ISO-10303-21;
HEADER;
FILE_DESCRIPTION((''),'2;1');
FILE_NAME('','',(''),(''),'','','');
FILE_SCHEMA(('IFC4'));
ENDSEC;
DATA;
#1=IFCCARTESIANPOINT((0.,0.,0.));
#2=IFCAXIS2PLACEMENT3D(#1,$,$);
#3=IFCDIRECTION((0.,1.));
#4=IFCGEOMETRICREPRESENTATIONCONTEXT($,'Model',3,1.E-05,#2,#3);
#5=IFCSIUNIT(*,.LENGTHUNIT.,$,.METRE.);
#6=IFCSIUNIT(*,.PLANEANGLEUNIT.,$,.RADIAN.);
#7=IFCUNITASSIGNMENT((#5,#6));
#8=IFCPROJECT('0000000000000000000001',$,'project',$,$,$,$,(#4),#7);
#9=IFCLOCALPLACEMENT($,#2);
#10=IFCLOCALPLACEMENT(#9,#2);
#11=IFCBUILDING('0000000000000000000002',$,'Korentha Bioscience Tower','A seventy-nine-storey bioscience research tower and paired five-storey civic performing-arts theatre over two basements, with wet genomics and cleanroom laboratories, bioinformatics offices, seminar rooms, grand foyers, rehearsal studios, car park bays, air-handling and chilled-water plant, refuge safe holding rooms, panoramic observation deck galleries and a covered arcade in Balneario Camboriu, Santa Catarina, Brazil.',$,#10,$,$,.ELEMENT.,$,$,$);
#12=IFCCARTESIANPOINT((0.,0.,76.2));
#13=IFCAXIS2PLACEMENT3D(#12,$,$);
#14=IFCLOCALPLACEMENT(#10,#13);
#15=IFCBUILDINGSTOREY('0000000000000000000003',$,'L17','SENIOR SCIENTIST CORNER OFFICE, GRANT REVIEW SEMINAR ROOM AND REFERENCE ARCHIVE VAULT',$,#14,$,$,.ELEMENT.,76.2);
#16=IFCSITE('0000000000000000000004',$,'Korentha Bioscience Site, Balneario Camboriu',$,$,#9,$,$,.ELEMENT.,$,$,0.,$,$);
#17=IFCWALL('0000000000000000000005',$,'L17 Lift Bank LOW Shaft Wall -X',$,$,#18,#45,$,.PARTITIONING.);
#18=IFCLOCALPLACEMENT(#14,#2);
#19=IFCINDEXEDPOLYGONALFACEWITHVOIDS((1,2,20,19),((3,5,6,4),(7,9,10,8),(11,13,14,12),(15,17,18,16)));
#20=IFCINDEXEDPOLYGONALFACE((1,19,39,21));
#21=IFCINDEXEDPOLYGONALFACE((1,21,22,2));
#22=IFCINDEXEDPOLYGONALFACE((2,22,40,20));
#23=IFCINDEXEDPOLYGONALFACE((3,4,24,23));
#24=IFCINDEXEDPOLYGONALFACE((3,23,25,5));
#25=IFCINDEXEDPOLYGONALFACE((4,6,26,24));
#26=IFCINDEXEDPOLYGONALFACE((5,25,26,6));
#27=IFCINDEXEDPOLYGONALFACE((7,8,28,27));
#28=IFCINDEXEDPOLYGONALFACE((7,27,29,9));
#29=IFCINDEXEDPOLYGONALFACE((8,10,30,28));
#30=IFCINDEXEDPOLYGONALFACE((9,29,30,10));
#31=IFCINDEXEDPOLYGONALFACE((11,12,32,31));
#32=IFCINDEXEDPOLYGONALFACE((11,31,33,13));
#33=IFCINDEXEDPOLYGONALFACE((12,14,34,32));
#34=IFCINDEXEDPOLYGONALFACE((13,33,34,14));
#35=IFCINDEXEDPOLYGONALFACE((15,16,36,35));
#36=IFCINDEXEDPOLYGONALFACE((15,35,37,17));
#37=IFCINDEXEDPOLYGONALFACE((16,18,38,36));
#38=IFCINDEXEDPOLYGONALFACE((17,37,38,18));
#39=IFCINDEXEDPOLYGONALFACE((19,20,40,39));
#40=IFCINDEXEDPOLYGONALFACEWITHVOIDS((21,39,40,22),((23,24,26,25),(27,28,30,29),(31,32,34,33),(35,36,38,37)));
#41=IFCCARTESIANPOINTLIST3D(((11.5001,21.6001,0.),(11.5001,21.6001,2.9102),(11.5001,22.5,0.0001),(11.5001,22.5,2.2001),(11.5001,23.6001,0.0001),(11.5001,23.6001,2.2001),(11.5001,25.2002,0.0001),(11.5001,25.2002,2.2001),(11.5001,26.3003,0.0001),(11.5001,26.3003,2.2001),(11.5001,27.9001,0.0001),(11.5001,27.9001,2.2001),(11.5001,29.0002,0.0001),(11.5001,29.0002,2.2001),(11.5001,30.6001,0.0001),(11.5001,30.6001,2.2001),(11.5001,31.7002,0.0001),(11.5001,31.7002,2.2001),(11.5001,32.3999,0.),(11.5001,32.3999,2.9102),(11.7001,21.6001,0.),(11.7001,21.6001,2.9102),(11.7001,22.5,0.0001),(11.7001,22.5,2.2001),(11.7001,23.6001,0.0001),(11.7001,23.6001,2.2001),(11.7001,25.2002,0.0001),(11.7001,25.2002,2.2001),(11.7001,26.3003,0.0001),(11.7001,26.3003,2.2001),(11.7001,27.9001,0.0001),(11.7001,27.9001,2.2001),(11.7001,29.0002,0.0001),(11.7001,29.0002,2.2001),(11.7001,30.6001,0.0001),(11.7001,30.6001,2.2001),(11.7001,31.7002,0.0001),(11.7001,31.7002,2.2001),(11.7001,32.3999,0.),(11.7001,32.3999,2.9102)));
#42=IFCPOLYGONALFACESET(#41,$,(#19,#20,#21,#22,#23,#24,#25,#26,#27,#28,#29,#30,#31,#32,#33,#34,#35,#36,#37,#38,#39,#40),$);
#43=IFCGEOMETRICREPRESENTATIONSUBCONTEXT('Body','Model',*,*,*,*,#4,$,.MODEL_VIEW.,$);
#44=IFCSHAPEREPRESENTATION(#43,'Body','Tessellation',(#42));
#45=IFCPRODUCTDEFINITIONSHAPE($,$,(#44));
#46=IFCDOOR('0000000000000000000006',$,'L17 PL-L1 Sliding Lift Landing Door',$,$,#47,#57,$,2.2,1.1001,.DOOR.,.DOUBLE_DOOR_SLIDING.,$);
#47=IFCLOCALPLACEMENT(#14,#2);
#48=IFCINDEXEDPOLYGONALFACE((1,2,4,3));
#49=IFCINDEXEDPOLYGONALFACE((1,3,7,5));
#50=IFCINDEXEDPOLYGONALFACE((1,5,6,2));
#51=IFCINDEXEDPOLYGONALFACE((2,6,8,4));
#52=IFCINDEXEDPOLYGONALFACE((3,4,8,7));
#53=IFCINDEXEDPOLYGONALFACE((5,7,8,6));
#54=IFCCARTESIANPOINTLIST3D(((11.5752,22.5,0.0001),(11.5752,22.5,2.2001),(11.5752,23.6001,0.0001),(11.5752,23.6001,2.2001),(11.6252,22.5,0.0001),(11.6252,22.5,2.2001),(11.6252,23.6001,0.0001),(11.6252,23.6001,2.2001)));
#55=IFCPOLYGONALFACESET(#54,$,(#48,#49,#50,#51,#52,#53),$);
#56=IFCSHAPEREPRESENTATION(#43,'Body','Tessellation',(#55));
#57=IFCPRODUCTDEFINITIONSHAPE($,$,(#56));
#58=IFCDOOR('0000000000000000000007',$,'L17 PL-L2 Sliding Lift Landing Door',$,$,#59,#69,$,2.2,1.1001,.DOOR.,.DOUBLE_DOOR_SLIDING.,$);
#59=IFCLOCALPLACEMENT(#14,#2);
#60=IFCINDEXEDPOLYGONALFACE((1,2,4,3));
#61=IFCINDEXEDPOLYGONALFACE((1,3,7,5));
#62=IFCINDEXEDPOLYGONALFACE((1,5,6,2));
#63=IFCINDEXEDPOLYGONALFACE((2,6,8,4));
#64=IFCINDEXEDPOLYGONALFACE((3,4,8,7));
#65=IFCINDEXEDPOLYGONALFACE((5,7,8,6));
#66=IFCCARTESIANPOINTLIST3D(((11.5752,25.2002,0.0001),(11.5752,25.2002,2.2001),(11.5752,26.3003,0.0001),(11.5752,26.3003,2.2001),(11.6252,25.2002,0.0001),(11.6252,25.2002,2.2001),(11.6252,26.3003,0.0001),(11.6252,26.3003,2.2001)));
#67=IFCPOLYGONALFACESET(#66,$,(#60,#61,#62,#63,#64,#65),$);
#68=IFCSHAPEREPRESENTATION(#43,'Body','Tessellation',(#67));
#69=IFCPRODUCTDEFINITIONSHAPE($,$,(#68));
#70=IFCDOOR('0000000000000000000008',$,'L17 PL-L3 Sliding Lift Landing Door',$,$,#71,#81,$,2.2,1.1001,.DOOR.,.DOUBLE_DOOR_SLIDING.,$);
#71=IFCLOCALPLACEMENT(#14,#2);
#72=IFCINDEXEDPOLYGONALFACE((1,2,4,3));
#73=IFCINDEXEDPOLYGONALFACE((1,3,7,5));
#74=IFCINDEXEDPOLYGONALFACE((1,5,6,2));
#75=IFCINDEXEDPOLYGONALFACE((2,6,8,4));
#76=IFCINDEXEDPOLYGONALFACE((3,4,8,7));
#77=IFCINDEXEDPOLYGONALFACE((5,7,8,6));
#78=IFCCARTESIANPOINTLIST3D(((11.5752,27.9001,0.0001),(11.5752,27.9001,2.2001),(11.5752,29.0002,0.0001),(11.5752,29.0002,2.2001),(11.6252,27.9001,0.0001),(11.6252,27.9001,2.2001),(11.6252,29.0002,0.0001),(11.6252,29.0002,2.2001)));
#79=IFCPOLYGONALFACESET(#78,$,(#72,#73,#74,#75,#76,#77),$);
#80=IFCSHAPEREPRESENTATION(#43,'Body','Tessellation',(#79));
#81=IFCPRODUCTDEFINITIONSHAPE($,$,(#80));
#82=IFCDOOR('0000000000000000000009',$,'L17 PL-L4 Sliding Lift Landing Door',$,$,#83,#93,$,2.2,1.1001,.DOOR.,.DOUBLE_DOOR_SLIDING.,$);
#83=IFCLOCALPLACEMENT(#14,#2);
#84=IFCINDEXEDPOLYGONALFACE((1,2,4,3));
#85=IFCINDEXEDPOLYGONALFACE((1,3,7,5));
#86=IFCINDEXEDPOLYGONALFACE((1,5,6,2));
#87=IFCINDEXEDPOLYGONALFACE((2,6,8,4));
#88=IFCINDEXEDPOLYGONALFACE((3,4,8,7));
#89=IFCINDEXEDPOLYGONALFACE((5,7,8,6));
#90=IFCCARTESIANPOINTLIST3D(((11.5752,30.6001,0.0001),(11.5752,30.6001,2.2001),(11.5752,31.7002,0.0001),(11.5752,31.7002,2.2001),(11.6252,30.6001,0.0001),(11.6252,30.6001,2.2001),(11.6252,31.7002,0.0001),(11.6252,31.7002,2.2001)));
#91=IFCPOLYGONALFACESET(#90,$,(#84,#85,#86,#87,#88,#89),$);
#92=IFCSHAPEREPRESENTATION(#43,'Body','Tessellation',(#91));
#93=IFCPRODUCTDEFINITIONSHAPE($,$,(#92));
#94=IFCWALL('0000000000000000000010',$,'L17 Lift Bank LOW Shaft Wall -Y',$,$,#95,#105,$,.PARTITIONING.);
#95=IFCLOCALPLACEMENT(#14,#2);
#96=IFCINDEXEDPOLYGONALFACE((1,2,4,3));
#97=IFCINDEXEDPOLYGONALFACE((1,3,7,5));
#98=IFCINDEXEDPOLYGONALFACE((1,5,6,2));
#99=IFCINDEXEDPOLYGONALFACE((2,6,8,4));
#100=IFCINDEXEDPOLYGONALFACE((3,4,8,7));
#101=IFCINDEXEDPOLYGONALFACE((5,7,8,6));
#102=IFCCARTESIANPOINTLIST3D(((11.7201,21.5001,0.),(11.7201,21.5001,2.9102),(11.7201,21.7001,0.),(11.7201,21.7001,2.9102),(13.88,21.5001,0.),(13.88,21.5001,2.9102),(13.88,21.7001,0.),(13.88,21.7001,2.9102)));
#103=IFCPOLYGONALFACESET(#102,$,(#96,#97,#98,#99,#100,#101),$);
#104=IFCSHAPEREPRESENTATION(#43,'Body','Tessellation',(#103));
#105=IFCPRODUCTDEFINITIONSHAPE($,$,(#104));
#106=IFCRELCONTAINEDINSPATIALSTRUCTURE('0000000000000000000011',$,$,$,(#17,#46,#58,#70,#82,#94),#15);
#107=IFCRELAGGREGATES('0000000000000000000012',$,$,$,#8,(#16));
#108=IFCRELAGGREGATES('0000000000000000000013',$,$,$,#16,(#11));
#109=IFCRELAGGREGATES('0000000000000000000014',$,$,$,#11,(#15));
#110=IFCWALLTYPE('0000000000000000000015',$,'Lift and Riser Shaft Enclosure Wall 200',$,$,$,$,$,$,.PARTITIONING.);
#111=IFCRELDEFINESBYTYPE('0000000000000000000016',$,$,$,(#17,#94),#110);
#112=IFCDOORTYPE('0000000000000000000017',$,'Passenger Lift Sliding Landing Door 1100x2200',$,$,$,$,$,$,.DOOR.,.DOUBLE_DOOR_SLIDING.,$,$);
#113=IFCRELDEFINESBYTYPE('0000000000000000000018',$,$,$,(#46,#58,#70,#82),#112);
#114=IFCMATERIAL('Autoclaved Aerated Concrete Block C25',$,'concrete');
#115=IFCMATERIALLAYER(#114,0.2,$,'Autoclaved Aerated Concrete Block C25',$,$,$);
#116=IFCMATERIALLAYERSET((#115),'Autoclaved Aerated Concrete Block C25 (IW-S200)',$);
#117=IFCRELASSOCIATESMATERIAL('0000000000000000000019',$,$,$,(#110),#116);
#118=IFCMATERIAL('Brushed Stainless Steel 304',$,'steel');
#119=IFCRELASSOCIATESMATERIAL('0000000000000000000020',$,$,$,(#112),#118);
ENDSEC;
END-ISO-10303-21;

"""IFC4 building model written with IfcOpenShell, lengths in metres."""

from ifc_helpers import new_model, si_unit, direction, frame, frame_2d, origin, place, context, subcontext, project, spatial, rectangle, extrude, material, layer, layer_set, type_object, element, fill, save


model = new_model("IFC4")

# Units and contexts
model_context = context("Model", 3, precision=1e-05, world=origin(), true_north=direction((0.0, 1.0)))
body_context = subcontext(model_context, "Body", "Model", "MODEL_VIEW")
ifc_project = project(units=[si_unit("LENGTHUNIT", "METRE"), si_unit("PLANEANGLEUNIT", "RADIAN")], contexts=[model_context])

# Site, building, storey
site_placement = place(None, origin())
site = spatial("IfcSite", under=ifc_project, at=site_placement, Name="Korentha Bioscience Site, Balneario Camboriu", CompositionType="ELEMENT", RefElevation=0.0)
building_placement = place(site_placement, origin())
building = spatial("IfcBuilding", under=site, at=building_placement, Name="Korentha Bioscience Tower", Description="A seventy-nine-storey bioscience research tower and paired five-storey civic performing-arts theatre over two basements, with wet genomics and cleanroom laboratories, bioinformatics offices, seminar rooms, grand foyers, rehearsal studios, car park bays, air-handling and chilled-water plant, refuge safe holding rooms, panoramic observation deck galleries and a covered arcade in Balneario Camboriu, Santa Catarina, Brazil.", CompositionType="ELEMENT")
storey_placement = place(building_placement, frame((0.0, 0.0, 76.2)))
storey = spatial("IfcBuildingStorey", under=building, at=storey_placement, Name="L17", Description="SENIOR SCIENTIST CORNER OFFICE, GRANT REVIEW SEMINAR ROOM AND REFERENCE ARCHIVE VAULT", CompositionType="ELEMENT", Elevation=76.2)

# Wall, openings, doors
ifc_material_1 = material(Name="Autoclaved Aerated Concrete Block C25", Category="concrete")
ifc_layer_1 = layer(ifc_material_1, 0.2, Name="Autoclaved Aerated Concrete Block C25")
ifc_layer_set_1 = layer_set([ifc_layer_1], Name="Autoclaved Aerated Concrete Block C25 (IW-S200)")
wall_type_1 = type_object("IfcWallType", Name="Lift and Riser Shaft Enclosure Wall 200", PredefinedType="PARTITIONING", material=ifc_layer_set_1)
wall_1_placement = place(storey_placement, frame((11.6001, 21.6001, 0.0), z_axis=(0.0, 0.0, 1.0), x_axis=(0.0, 1.0, 0.0)))
wall_1 = element("IfcWall", 1, at=wall_1_placement, inside=storey, type_object=wall_type_1, Name="L17 Lift Bank LOW Shaft Wall -X", PredefinedType="PARTITIONING", context=body_context, shape_type="SweptSolid", body=[
    extrude(rectangle(XDim=10.7998, YDim=0.2, at=frame_2d((5.3999, 0.0))), origin(), (0.0, 0.0, 1.0), 2.9102),
])
opening_1_placement = place(wall_1_placement, frame((0.8999, 0.0, 0.0)))
opening_1 = element("IfcOpeningElement", 2, at=opening_1_placement, cuts=wall_1, PredefinedType="OPENING", context=body_context, shape_type="SweptSolid", body=[
    extrude(rectangle(XDim=1.1001, YDim=2.2, at=frame_2d((0.55, 1.1001))), frame((0.0, 0.1147, 0.0), z_axis=(0.0, -1.0, 0.0), x_axis=(1.0, 0.0, 0.0)), (0.0, 0.0, 1.0), 0.2297),
])
opening_2_placement = place(wall_1_placement, frame((3.6001, 0.0, 0.0)))
opening_2 = element("IfcOpeningElement", 3, at=opening_2_placement, cuts=wall_1, PredefinedType="OPENING", context=body_context, shape_type="SweptSolid", body=[
    extrude(rectangle(XDim=1.1001, YDim=2.2, at=frame_2d((0.55, 1.1001))), frame((0.0, 0.1147, 0.0), z_axis=(0.0, -1.0, 0.0), x_axis=(1.0, 0.0, 0.0)), (0.0, 0.0, 1.0), 0.2297),
])
opening_3_placement = place(wall_1_placement, frame((6.3, 0.0, 0.0)))
opening_3 = element("IfcOpeningElement", 4, at=opening_3_placement, cuts=wall_1, PredefinedType="OPENING", context=body_context, shape_type="SweptSolid", body=[
    extrude(rectangle(XDim=1.1001, YDim=2.2, at=frame_2d((0.55, 1.1001))), frame((0.0, 0.1147, 0.0), z_axis=(0.0, -1.0, 0.0), x_axis=(1.0, 0.0, 0.0)), (0.0, 0.0, 1.0), 0.2297),
])
opening_4_placement = place(wall_1_placement, frame((9.0, 0.0, 0.0)))
opening_4 = element("IfcOpeningElement", 5, at=opening_4_placement, cuts=wall_1, PredefinedType="OPENING", context=body_context, shape_type="SweptSolid", body=[
    extrude(rectangle(XDim=1.1001, YDim=2.2, at=frame_2d((0.55, 1.1001))), frame((0.0, 0.1147, 0.0), z_axis=(0.0, -1.0, 0.0), x_axis=(1.0, 0.0, 0.0)), (0.0, 0.0, 1.0), 0.2297),
])
ifc_material_2 = material(Name="Brushed Stainless Steel 304", Category="steel")
door_type = type_object("IfcDoorType", Name="Passenger Lift Sliding Landing Door 1100x2200", OperationType="DOUBLE_DOOR_SLIDING", PredefinedType="DOOR", material=ifc_material_2)
door_1_placement = place(opening_1_placement, origin())
door_1 = element("IfcDoor", 6, at=door_1_placement, inside=storey, type_object=door_type, Name="L17 PL-L1 Sliding Lift Landing Door", OperationType="DOUBLE_DOOR_SLIDING", OverallHeight=2.2, OverallWidth=1.1001, PredefinedType="DOOR", context=body_context, shape_type="SweptSolid", body=[
    extrude(rectangle(XDim=1.1001, YDim=2.2, at=frame_2d((0.55, 1.1001))), frame((0.0, 0.0249, 0.0), z_axis=(0.0, -1.0, 0.0), x_axis=(1.0, 0.0, 0.0)), (0.0, 0.0, 1.0), 0.05),
])
fill(opening_1, door_1)
door_2_placement = place(opening_2_placement, origin())
door_2 = element("IfcDoor", 7, at=door_2_placement, inside=storey, type_object=door_type, Name="L17 PL-L2 Sliding Lift Landing Door", OperationType="DOUBLE_DOOR_SLIDING", OverallHeight=2.2, OverallWidth=1.1001, PredefinedType="DOOR", context=body_context, shape_type="SweptSolid", body=[
    extrude(rectangle(XDim=1.1001, YDim=2.2, at=frame_2d((0.55, 1.1001))), frame((0.0, 0.0249, 0.0), z_axis=(0.0, -1.0, 0.0), x_axis=(1.0, 0.0, 0.0)), (0.0, 0.0, 1.0), 0.05),
])
fill(opening_2, door_2)
door_3_placement = place(opening_3_placement, origin())
door_3 = element("IfcDoor", 8, at=door_3_placement, inside=storey, type_object=door_type, Name="L17 PL-L3 Sliding Lift Landing Door", OperationType="DOUBLE_DOOR_SLIDING", OverallHeight=2.2, OverallWidth=1.1001, PredefinedType="DOOR", context=body_context, shape_type="SweptSolid", body=[
    extrude(rectangle(XDim=1.1001, YDim=2.2, at=frame_2d((0.55, 1.1001))), frame((0.0, 0.0249, 0.0), z_axis=(0.0, -1.0, 0.0), x_axis=(1.0, 0.0, 0.0)), (0.0, 0.0, 1.0), 0.05),
])
fill(opening_3, door_3)
door_4_placement = place(opening_4_placement, origin())
door_4 = element("IfcDoor", 9, at=door_4_placement, inside=storey, type_object=door_type, Name="L17 PL-L4 Sliding Lift Landing Door", OperationType="DOUBLE_DOOR_SLIDING", OverallHeight=2.2, OverallWidth=1.1001, PredefinedType="DOOR", context=body_context, shape_type="SweptSolid", body=[
    extrude(rectangle(XDim=1.1001, YDim=2.2, at=frame_2d((0.55, 1.1001))), frame((0.0, 0.0249, 0.0), z_axis=(0.0, -1.0, 0.0), x_axis=(1.0, 0.0, 0.0)), (0.0, 0.0, 1.0), 0.05),
])
fill(opening_4, door_4)

# Wall
wall_2_placement = place(storey_placement, frame((11.72, 21.6001, 0.0), z_axis=(0.0, 0.0, 1.0), x_axis=(1.0, 0.0, 0.0)))
element("IfcWall", 10, at=wall_2_placement, inside=storey, type_object=wall_type_1, Name="L17 Lift Bank LOW Shaft Wall -Y", PredefinedType="PARTITIONING", context=body_context, shape_type="SweptSolid", body=[
    extrude(rectangle(XDim=2.1599, YDim=0.2, at=frame_2d((1.0801, 0.0))), origin(), (0.0, 0.0, 1.0), 2.9102),
])

save(model, "model.ifc")
